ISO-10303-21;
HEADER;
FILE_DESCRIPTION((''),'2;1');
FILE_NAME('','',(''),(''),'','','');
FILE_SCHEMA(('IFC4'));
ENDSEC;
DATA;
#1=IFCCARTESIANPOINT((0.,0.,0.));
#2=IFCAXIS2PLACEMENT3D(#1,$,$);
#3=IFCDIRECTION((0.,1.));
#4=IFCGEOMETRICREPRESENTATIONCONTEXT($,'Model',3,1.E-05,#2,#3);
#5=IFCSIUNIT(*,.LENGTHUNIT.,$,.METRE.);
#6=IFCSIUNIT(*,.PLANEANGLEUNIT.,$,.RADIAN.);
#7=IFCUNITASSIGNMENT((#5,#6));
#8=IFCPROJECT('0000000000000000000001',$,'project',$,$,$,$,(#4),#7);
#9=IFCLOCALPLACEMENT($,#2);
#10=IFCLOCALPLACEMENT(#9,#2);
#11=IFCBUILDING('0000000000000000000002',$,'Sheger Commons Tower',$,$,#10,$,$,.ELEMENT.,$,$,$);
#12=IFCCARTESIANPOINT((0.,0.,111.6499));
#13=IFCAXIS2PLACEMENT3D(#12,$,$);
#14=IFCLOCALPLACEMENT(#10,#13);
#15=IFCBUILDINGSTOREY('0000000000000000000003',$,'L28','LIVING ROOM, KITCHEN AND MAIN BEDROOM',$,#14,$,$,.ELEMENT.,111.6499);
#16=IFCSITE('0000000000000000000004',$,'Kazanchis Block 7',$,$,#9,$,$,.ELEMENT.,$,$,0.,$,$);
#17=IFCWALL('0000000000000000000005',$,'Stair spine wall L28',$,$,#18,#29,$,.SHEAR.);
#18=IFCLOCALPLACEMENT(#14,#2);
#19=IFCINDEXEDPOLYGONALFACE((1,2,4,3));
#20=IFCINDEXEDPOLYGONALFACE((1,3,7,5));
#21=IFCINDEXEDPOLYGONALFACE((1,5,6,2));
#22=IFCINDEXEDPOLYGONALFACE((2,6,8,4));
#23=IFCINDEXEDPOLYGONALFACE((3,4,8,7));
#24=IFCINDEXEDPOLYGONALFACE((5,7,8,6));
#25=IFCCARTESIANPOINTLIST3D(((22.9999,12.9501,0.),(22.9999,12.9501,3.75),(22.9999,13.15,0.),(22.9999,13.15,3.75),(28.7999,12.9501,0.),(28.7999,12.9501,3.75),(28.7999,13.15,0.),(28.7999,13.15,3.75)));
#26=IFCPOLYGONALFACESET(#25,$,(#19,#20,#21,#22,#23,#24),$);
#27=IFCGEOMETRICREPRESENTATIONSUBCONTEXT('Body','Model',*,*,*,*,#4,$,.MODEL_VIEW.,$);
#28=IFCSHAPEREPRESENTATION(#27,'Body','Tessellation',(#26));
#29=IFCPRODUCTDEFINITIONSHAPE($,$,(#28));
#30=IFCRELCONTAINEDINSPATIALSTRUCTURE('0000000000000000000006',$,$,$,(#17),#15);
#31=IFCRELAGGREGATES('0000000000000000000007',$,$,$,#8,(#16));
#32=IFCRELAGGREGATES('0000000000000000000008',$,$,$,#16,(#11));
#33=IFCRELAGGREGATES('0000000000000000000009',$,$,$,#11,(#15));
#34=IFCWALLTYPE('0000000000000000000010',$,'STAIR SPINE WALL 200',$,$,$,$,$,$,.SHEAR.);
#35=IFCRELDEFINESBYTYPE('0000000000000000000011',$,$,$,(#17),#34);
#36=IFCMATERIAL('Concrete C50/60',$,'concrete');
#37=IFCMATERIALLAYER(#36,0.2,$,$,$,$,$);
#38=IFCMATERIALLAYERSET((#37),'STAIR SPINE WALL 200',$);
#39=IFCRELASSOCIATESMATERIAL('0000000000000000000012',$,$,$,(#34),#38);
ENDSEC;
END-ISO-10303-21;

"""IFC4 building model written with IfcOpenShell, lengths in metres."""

from ifc_helpers import new_model, si_unit, direction, frame, frame_2d, origin, place, context, subcontext, project, spatial, rectangle, extrude, material, layer, layer_set, type_object, element, save


model = new_model("IFC4")

# Units and contexts
model_context = context("Model", 3, precision=1e-05, world=origin(), true_north=direction((0.0, 1.0)))
body_context = subcontext(model_context, "Body", "Model", "MODEL_VIEW")
ifc_project = project(units=[si_unit("LENGTHUNIT", "METRE"), si_unit("PLANEANGLEUNIT", "RADIAN")], contexts=[model_context])

# Site, building, storey
site_placement = place(None, origin())
site = spatial("IfcSite", under=ifc_project, at=site_placement, Name="Kazanchis Block 7", CompositionType="ELEMENT", RefElevation=0.0)
building_placement = place(site_placement, origin())
building = spatial("IfcBuilding", under=site, at=building_placement, Name="Sheger Commons Tower", CompositionType="ELEMENT")
storey_placement = place(building_placement, frame((0.0, 0.0, 111.6499)))
storey = spatial("IfcBuildingStorey", under=building, at=storey_placement, Name="L28", Description="LIVING ROOM, KITCHEN AND MAIN BEDROOM", CompositionType="ELEMENT", Elevation=111.6499)

# Wall
ifc_material_1 = material(Name="Concrete C50/60", Category="concrete")
ifc_layer_1 = layer(ifc_material_1, 0.2)
ifc_layer_set_1 = layer_set([ifc_layer_1], Name="STAIR SPINE WALL 200")
wall_type_1 = type_object("IfcWallType", Name="STAIR SPINE WALL 200", PredefinedType="SHEAR", material=ifc_layer_set_1)
wall_1_placement = place(storey_placement, frame((23.0, 13.05, 0.0), z_axis=(0.0, 0.0, 1.0), x_axis=(1.0, 0.0, 0.0)))
element("IfcWall", 1, at=wall_1_placement, inside=storey, type_object=wall_type_1, Name="Stair spine wall L28", PredefinedType="SHEAR", context=body_context, shape_type="SweptSolid", body=[
    extrude(rectangle(XDim=5.8, YDim=0.2, at=frame_2d((2.8999, 0.0))), origin(), (0.0, 0.0, 1.0), 3.75),
])

save(model, "model.ifc")
